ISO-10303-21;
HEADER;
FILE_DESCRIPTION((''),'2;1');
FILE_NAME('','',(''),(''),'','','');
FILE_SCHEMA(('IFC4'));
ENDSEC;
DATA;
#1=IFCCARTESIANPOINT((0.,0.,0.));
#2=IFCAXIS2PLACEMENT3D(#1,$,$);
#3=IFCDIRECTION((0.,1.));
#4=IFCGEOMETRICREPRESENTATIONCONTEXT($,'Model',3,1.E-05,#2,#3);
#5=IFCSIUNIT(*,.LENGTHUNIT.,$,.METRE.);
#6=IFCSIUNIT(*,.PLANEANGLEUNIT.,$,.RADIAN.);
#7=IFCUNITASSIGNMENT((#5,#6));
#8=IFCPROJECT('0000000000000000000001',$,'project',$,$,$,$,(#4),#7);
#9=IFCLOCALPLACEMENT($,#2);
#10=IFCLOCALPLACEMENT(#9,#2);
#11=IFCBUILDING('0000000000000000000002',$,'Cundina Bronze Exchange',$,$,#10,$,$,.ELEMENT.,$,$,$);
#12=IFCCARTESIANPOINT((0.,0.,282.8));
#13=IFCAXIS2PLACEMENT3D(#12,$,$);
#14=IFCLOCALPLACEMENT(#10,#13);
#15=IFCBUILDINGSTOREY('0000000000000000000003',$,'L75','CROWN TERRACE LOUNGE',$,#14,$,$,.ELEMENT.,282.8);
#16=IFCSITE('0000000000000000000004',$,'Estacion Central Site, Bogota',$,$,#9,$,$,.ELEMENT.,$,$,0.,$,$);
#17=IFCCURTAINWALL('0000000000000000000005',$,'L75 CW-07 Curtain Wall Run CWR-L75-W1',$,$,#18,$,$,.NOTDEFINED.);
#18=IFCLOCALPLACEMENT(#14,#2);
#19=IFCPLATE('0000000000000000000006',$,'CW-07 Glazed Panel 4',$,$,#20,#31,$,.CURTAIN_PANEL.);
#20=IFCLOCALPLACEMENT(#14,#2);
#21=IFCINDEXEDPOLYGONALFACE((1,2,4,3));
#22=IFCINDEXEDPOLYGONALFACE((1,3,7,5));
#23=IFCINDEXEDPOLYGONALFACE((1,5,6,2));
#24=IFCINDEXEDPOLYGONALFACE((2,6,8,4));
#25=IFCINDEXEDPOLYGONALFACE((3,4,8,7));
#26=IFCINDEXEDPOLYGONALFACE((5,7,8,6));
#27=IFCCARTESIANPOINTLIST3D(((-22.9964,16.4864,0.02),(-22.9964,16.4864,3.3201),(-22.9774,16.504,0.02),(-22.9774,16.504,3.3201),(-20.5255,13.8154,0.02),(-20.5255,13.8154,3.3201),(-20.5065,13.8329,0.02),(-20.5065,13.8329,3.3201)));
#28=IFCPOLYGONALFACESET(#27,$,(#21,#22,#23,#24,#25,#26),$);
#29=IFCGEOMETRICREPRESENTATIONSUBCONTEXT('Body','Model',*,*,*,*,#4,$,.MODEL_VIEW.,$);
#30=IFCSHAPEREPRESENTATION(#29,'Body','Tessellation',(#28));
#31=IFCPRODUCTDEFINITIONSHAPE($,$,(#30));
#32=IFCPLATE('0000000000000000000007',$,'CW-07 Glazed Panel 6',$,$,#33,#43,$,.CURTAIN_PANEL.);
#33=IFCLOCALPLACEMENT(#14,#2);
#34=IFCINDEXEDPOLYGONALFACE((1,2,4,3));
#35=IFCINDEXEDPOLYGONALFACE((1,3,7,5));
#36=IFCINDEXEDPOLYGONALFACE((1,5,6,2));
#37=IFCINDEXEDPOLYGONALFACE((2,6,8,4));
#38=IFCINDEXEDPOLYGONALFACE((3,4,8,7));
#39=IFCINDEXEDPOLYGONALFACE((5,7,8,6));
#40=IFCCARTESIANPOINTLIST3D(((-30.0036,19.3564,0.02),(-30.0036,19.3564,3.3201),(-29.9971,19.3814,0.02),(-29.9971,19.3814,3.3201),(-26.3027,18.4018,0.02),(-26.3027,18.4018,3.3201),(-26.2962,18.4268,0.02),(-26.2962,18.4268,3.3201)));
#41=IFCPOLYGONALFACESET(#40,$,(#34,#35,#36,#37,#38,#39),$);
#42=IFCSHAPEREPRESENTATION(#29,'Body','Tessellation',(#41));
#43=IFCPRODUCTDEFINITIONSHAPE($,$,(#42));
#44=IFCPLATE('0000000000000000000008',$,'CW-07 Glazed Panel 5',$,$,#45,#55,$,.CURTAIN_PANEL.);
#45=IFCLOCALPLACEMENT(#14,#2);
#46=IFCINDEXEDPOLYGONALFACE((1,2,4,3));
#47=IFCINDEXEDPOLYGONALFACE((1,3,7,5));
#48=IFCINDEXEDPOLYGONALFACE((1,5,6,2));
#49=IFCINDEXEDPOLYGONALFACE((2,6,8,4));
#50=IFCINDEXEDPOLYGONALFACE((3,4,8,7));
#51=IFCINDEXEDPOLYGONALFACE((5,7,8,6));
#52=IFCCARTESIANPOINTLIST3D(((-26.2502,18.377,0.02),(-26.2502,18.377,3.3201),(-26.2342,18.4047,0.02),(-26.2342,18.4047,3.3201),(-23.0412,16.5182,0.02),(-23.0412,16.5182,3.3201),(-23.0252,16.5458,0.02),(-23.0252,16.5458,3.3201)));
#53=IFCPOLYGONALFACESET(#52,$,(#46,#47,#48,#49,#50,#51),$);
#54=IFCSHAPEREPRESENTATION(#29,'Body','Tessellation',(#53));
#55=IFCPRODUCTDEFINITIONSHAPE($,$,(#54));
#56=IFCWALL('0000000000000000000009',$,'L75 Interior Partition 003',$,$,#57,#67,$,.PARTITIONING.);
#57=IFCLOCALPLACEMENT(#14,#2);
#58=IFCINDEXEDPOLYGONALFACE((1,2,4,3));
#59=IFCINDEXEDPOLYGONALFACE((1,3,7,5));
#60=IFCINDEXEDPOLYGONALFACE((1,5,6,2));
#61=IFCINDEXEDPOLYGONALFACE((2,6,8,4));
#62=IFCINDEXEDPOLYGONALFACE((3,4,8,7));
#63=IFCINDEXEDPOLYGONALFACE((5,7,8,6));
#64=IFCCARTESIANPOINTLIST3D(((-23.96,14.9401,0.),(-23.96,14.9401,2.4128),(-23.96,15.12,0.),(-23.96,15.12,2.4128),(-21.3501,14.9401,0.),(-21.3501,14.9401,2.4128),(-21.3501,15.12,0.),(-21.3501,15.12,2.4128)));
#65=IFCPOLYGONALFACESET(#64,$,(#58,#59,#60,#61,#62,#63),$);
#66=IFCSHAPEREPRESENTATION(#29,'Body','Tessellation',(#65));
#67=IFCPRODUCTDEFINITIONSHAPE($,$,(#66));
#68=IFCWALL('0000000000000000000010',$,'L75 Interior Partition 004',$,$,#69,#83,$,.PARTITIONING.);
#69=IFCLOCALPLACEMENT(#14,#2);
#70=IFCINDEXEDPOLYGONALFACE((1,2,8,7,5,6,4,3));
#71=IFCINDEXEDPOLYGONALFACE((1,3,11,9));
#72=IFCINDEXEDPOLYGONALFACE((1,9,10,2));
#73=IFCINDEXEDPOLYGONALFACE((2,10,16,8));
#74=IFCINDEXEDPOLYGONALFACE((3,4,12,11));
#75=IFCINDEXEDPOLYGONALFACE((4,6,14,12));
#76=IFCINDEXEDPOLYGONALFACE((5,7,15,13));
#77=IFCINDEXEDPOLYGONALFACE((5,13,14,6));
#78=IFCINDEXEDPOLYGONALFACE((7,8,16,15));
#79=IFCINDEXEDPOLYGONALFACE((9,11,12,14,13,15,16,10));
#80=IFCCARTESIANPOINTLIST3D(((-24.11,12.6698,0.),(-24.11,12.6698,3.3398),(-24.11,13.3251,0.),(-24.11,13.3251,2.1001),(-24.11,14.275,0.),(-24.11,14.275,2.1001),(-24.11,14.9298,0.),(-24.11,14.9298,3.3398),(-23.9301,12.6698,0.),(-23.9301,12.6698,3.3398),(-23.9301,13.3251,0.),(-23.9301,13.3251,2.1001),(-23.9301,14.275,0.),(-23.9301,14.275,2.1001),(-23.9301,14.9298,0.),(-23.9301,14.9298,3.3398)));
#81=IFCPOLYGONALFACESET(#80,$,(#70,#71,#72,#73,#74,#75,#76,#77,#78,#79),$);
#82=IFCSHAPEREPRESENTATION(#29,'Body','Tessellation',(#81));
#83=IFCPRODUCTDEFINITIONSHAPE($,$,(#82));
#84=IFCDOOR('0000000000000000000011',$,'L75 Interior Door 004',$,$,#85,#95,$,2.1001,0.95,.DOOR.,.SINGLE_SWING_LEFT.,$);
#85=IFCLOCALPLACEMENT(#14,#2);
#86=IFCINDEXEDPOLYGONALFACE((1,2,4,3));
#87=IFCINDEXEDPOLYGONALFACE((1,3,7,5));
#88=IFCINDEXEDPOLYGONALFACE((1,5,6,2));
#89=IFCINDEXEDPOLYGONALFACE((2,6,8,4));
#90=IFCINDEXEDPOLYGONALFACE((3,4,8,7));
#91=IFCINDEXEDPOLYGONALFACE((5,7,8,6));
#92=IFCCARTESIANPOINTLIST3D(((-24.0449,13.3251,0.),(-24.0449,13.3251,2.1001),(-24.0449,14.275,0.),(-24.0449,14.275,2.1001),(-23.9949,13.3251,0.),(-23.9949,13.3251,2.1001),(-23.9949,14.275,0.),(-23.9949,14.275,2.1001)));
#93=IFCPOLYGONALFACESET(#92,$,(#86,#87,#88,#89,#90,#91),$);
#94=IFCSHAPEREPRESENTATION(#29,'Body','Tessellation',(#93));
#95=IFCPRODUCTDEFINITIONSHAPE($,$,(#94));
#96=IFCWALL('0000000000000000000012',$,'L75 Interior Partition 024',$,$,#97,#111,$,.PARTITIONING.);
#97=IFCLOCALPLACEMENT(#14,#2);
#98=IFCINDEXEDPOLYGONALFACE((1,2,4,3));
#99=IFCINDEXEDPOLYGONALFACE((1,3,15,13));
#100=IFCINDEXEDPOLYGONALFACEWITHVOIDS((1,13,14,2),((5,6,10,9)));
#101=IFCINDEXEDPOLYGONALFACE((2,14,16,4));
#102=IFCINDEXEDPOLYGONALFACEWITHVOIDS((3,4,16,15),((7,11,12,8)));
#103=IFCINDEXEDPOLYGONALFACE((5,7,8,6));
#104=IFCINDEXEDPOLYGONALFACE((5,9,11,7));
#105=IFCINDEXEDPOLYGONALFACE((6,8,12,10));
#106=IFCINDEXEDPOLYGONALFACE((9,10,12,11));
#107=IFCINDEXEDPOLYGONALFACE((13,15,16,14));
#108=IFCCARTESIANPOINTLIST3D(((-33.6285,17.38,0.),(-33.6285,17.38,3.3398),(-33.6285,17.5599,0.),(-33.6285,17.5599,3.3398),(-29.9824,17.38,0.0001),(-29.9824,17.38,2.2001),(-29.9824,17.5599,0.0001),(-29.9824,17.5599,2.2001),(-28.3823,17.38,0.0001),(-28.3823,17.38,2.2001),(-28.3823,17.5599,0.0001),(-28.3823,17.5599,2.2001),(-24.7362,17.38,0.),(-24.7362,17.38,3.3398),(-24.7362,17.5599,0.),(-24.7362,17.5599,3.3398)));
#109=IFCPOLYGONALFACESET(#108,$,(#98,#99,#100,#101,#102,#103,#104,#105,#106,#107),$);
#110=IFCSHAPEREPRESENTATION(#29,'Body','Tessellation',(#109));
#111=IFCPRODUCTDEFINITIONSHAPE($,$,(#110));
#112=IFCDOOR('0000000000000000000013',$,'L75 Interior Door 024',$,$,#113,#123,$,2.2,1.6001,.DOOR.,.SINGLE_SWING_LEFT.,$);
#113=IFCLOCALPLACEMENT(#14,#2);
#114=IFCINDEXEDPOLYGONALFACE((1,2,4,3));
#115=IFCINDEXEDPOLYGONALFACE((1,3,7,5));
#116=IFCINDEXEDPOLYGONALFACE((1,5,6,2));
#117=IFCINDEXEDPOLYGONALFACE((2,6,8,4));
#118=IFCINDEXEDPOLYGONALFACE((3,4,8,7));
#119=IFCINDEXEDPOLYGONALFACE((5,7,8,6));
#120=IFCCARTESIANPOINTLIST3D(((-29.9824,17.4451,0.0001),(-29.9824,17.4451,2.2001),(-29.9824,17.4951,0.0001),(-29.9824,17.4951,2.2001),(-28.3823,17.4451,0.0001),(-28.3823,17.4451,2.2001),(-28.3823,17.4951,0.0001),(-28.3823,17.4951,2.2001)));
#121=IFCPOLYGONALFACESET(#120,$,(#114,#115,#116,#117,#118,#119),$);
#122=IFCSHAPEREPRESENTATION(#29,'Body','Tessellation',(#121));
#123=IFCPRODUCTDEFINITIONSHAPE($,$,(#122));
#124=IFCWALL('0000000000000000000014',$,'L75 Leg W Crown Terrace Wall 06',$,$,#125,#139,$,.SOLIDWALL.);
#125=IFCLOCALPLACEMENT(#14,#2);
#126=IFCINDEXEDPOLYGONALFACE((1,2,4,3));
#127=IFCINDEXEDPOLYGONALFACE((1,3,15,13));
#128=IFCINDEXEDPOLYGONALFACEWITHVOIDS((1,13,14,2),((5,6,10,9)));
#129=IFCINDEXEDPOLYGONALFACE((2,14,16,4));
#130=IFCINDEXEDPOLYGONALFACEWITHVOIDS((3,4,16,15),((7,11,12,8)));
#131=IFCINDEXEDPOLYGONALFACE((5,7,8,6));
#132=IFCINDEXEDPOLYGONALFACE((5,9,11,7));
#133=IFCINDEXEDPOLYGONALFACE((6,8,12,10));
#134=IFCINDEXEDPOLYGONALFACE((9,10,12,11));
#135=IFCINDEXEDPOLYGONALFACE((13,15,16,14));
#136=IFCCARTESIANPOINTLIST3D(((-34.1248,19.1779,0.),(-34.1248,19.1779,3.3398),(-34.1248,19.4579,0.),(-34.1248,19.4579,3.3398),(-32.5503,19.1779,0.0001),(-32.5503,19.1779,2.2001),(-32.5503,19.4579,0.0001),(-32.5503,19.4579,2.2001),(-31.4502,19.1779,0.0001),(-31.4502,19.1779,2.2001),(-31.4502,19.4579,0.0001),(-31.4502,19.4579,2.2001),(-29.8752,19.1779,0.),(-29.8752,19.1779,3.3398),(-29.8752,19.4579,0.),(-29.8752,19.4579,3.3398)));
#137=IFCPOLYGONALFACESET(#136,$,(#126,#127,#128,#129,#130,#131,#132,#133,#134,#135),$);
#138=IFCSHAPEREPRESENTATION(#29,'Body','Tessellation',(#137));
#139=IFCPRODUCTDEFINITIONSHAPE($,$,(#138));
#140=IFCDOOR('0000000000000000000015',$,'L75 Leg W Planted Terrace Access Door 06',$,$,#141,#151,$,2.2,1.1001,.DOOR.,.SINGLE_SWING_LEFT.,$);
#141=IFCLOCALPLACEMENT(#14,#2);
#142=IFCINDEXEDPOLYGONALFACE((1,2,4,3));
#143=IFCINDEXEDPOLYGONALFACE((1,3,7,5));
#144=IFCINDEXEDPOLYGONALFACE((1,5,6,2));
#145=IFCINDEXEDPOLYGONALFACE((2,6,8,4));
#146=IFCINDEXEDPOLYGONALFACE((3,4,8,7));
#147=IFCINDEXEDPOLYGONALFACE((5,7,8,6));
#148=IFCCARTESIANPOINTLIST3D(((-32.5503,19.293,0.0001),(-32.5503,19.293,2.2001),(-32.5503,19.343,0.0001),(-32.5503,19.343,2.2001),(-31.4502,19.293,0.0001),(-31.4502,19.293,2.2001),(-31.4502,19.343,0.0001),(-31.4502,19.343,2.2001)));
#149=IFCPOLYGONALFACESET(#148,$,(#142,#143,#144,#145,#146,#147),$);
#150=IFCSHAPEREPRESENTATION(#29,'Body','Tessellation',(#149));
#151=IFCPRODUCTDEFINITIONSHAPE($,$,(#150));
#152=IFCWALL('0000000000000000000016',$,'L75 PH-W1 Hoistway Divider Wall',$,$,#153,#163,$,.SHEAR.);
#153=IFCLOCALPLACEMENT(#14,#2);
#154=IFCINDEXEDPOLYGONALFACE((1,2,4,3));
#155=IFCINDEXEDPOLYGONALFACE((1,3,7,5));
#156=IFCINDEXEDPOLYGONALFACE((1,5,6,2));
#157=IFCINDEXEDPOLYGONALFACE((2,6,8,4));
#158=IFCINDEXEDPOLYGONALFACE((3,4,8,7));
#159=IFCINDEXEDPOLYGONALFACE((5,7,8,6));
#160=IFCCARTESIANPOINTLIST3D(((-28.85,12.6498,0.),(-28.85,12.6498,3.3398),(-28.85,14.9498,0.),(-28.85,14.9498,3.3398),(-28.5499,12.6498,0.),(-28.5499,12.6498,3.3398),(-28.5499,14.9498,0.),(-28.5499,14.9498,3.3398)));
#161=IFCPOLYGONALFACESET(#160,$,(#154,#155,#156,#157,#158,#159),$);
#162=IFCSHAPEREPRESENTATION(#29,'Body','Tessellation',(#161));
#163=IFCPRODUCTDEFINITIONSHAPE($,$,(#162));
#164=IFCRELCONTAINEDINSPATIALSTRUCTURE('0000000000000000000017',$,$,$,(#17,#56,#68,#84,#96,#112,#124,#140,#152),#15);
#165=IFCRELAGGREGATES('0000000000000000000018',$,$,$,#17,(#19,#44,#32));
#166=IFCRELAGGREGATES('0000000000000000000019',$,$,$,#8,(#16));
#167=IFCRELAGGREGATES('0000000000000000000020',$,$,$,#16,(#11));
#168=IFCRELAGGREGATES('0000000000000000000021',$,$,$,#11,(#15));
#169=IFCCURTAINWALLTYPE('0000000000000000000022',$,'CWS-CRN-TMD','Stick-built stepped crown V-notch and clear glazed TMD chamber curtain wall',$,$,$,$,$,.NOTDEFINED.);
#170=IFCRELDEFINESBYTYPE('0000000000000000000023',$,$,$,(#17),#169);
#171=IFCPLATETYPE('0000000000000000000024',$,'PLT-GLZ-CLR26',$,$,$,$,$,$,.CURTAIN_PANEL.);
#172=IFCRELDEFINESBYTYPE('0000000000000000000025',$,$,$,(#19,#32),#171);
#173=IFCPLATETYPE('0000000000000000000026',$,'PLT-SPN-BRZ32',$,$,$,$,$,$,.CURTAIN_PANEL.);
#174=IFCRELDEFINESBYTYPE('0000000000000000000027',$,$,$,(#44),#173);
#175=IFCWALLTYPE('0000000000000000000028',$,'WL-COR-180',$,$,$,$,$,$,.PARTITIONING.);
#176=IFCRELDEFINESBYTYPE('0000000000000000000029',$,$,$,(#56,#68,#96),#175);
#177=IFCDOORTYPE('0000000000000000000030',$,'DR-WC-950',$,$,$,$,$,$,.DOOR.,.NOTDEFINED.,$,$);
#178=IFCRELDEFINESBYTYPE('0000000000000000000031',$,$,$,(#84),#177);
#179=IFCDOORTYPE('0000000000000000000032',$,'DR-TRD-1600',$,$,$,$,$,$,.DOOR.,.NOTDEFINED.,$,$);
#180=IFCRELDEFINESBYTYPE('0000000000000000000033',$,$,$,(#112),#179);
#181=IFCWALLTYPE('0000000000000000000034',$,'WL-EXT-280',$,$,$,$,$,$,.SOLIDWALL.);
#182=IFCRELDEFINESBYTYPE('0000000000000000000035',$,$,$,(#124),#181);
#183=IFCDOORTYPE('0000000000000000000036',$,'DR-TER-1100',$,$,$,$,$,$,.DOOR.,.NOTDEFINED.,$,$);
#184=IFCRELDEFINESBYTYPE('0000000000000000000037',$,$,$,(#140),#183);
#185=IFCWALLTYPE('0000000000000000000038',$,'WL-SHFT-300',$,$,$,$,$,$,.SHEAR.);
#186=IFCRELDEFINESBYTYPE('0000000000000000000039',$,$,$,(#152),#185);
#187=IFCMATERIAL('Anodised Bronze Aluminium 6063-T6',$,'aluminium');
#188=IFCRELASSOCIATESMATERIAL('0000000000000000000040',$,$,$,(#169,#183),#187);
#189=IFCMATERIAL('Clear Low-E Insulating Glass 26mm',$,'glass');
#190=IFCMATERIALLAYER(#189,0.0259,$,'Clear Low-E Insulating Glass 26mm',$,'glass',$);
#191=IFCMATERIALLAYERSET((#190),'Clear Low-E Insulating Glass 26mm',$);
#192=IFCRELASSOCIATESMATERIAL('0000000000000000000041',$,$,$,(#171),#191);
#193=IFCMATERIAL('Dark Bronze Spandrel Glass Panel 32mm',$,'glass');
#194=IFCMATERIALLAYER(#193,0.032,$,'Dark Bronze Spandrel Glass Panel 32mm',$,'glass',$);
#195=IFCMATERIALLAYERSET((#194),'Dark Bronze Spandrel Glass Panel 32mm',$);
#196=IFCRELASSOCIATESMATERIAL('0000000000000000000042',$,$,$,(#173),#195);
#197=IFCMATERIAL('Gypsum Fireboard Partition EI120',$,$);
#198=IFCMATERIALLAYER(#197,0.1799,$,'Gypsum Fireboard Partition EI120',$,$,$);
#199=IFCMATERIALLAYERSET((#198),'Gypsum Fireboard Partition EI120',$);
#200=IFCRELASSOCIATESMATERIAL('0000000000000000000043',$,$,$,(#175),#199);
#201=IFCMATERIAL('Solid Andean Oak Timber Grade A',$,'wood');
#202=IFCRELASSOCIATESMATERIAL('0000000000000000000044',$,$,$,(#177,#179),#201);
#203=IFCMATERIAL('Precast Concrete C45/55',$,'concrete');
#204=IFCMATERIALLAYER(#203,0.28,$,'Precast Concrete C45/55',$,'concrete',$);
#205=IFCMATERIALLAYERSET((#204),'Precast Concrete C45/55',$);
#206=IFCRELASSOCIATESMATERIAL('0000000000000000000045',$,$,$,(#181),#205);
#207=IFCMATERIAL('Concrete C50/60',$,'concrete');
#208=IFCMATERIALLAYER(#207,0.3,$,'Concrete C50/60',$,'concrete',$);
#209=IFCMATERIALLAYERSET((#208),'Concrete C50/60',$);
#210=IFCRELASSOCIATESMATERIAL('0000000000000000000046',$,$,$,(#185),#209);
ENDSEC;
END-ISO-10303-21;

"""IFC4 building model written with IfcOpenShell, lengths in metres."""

from ifc_helpers import new_model, si_unit, direction, frame, frame_2d, origin, origin_2d, place, context, subcontext, project, spatial, rectangle, extrude, material, layer, layer_set, type_object, element, fill, aggregate, save


model = new_model("IFC4")

# Units and contexts
model_context = context("Model", 3, precision=1e-05, world=origin(), true_north=direction((0.0, 1.0)))
body_context = subcontext(model_context, "Body", "Model", "MODEL_VIEW")
ifc_project = project(units=[si_unit("LENGTHUNIT", "METRE"), si_unit("PLANEANGLEUNIT", "RADIAN")], contexts=[model_context])

# Site, building, storey
site_placement = place(None, origin())
site = spatial("IfcSite", under=ifc_project, at=site_placement, Name="Estacion Central Site, Bogota", CompositionType="ELEMENT", RefElevation=0.0)
building_placement = place(site_placement, origin())
building = spatial("IfcBuilding", under=site, at=building_placement, Name="Cundina Bronze Exchange", CompositionType="ELEMENT")
storey_placement = place(building_placement, frame((0.0, 0.0, 282.8)))
storey = spatial("IfcBuildingStorey", under=building, at=storey_placement, Name="L75", Description="CROWN TERRACE LOUNGE", CompositionType="ELEMENT", Elevation=282.8)

# Curtain wall, plates
ifc_material_1 = material(Name="Anodised Bronze Aluminium 6063-T6", Category="aluminium")
curtain_wall_type = type_object("IfcCurtainWallType", Name="CWS-CRN-TMD", Description="Stick-built stepped crown V-notch and clear glazed TMD chamber curtain wall", PredefinedType="NOTDEFINED", material=ifc_material_1)
curtain_wall_placement = place(storey_placement, origin())
curtain_wall = element("IfcCurtainWall", 1, at=curtain_wall_placement, inside=storey, type_object=curtain_wall_type, Name="L75 CW-07 Curtain Wall Run CWR-L75-W1", PredefinedType="NOTDEFINED")
ifc_material_2 = material(Name="Clear Low-E Insulating Glass 26mm", Category="glass")
ifc_layer_1 = layer(ifc_material_2, 0.0259, Name="Clear Low-E Insulating Glass 26mm", Category="glass")
ifc_layer_set_1 = layer_set([ifc_layer_1], Name="Clear Low-E Insulating Glass 26mm")
plate_type_1 = type_object("IfcPlateType", Name="PLT-GLZ-CLR26", PredefinedType="CURTAIN_PANEL", material=ifc_layer_set_1)
plate_1_placement = place(storey_placement, frame((-21.7515, 15.1597, 0.02), z_axis=(0.0, 0.0, 1.0), x_axis=(-0.679083, 0.734062, 0.0)))
plate_1 = element("IfcPlate", 2, at=plate_1_placement, type_object=plate_type_1, Name="CW-07 Glazed Panel 4", PredefinedType="CURTAIN_PANEL", context=body_context, shape_type="SweptSolid", body=[
    extrude(rectangle(XDim=3.6387, YDim=0.0259, at=origin_2d()), origin(), (0.0, 0.0, 1.0), 3.3),
])
plate_2_placement = place(storey_placement, frame((-28.1499, 18.8916, 0.02), z_axis=(0.0, 0.0, 1.0), x_axis=(-0.968309, 0.249755, 0.0)))
plate_2 = element("IfcPlate", 3, at=plate_2_placement, type_object=plate_type_1, Name="CW-07 Glazed Panel 6", PredefinedType="CURTAIN_PANEL", context=body_context, shape_type="SweptSolid", body=[
    extrude(rectangle(XDim=3.822, YDim=0.0259, at=origin_2d()), origin(), (0.0, 0.0, 1.0), 3.3),
])
ifc_material_3 = material(Name="Dark Bronze Spandrel Glass Panel 32mm", Category="glass")
ifc_layer_2 = layer(ifc_material_3, 0.032, Name="Dark Bronze Spandrel Glass Panel 32mm", Category="glass")
ifc_layer_set_2 = layer_set([ifc_layer_2], Name="Dark Bronze Spandrel Glass Panel 32mm")
plate_type_2 = type_object("IfcPlateType", Name="PLT-SPN-BRZ32", PredefinedType="CURTAIN_PANEL", material=ifc_layer_set_2)
plate_3_placement = place(storey_placement, frame((-24.6377, 17.4614, 0.02), z_axis=(0.0, 0.0, 1.0), x_axis=(-0.865309, 0.501239, 0.0)))
plate_3 = element("IfcPlate", 4, at=plate_3_placement, type_object=plate_type_2, Name="CW-07 Glazed Panel 5", PredefinedType="CURTAIN_PANEL", context=body_context, shape_type="SweptSolid", body=[
    extrude(rectangle(XDim=3.7085, YDim=0.032, at=origin_2d()), origin(), (0.0, 0.0, 1.0), 3.3),
])
aggregate(curtain_wall, [plate_1, plate_3, plate_2])

# Wall
ifc_material_4 = material(Name="Gypsum Fireboard Partition EI120")
ifc_layer_3 = layer(ifc_material_4, 0.1799, Name="Gypsum Fireboard Partition EI120")
ifc_layer_set_3 = layer_set([ifc_layer_3], Name="Gypsum Fireboard Partition EI120")
wall_type_1 = type_object("IfcWallType", Name="WL-COR-180", PredefinedType="PARTITIONING", material=ifc_layer_set_3)
wall_1_placement = place(storey_placement, frame((-23.96, 15.03, 0.0), z_axis=(0.0, 0.0, 1.0), x_axis=(1.0, 0.0, 0.0)))
element("IfcWall", 5, at=wall_1_placement, inside=storey, type_object=wall_type_1, Name="L75 Interior Partition 003", PredefinedType="PARTITIONING", context=body_context, shape_type="SweptSolid", body=[
    extrude(rectangle(XDim=2.6099, YDim=0.1799, at=frame_2d((1.3049, 0.0))), origin(), (0.0, 0.0, 1.0), 2.4128),
])

# Walls, openings, doors
wall_2_placement = place(storey_placement, frame((-24.02, 12.6699, 0.0), z_axis=(0.0, 0.0, 1.0), x_axis=(0.0, 1.0, 0.0)))
wall_2 = element("IfcWall", 6, at=wall_2_placement, inside=storey, type_object=wall_type_1, Name="L75 Interior Partition 004", PredefinedType="PARTITIONING", context=body_context, shape_type="SweptSolid", body=[
    extrude(rectangle(XDim=2.26, YDim=0.1799, at=frame_2d((1.1299, 0.0))), origin(), (0.0, 0.0, 1.0), 3.3398),
])
opening_1_placement = place(wall_2_placement, frame((0.655, 0.0, 0.0)))
opening_1 = element("IfcOpeningElement", 7, at=opening_1_placement, cuts=wall_2, PredefinedType="OPENING", context=body_context, shape_type="SweptSolid", body=[
    extrude(rectangle(XDim=0.95, YDim=2.1001, at=frame_2d((0.4751, 1.05))), frame((0.0, 0.0999, 0.0), z_axis=(0.0, -1.0, 0.0), x_axis=(1.0, 0.0, 0.0)), (0.0, 0.0, 1.0), 0.2),
])
ifc_material_5 = material(Name="Solid Andean Oak Timber Grade A", Category="wood")
door_type_1 = type_object("IfcDoorType", Name="DR-WC-950", OperationType="NOTDEFINED", PredefinedType="DOOR", material=ifc_material_5)
door_1_placement = place(opening_1_placement, origin())
door_1 = element("IfcDoor", 8, at=door_1_placement, inside=storey, type_object=door_type_1, Name="L75 Interior Door 004", OperationType="SINGLE_SWING_LEFT", OverallHeight=2.1001, OverallWidth=0.95, PredefinedType="DOOR", context=body_context, shape_type="SweptSolid", body=[
    extrude(rectangle(XDim=0.95, YDim=2.1001, at=frame_2d((0.4751, 1.05))), frame((0.0, 0.0249, 0.0), z_axis=(0.0, -1.0, 0.0), x_axis=(1.0, 0.0, 0.0)), (0.0, 0.0, 1.0), 0.05),
])
fill(opening_1, door_1)
wall_3_placement = place(storey_placement, frame((-24.7361, 17.47, 0.0), z_axis=(0.0, 0.0, 1.0), x_axis=(-1.0, 0.0, 0.0)))
wall_3 = element("IfcWall", 9, at=wall_3_placement, inside=storey, type_object=wall_type_1, Name="L75 Interior Partition 024", PredefinedType="PARTITIONING", context=body_context, shape_type="SweptSolid", body=[
    extrude(rectangle(XDim=8.8923, YDim=0.1799, at=frame_2d((4.4463, 0.0))), origin(), (0.0, 0.0, 1.0), 3.3398),
])
opening_2_placement = place(wall_3_placement, frame((3.6462, 0.0, 0.0)))
opening_2 = element("IfcOpeningElement", 10, at=opening_2_placement, cuts=wall_3, PredefinedType="OPENING", context=body_context, shape_type="SweptSolid", body=[
    extrude(rectangle(XDim=1.6001, YDim=2.2, at=frame_2d((0.8, 1.1001))), frame((0.0, 0.0999, 0.0), z_axis=(0.0, -1.0, 0.0), x_axis=(1.0, 0.0, 0.0)), (0.0, 0.0, 1.0), 0.2),
])
door_type_2 = type_object("IfcDoorType", Name="DR-TRD-1600", OperationType="NOTDEFINED", PredefinedType="DOOR", material=ifc_material_5)
door_2_placement = place(opening_2_placement, origin())
door_2 = element("IfcDoor", 11, at=door_2_placement, inside=storey, type_object=door_type_2, Name="L75 Interior Door 024", OperationType="SINGLE_SWING_LEFT", OverallHeight=2.2, OverallWidth=1.6001, PredefinedType="DOOR", context=body_context, shape_type="SweptSolid", body=[
    extrude(rectangle(XDim=1.6001, YDim=2.2, at=frame_2d((0.8, 1.1001))), frame((0.0, 0.0249, 0.0), z_axis=(0.0, -1.0, 0.0), x_axis=(1.0, 0.0, 0.0)), (0.0, 0.0, 1.0), 0.05),
])
fill(opening_2, door_2)
ifc_material_6 = material(Name="Precast Concrete C45/55", Category="concrete")
ifc_layer_4 = layer(ifc_material_6, 0.28, Name="Precast Concrete C45/55", Category="concrete")
ifc_layer_set_4 = layer_set([ifc_layer_4], Name="Precast Concrete C45/55")
wall_type_2 = type_object("IfcWallType", Name="WL-EXT-280", PredefinedType="SOLIDWALL", material=ifc_layer_set_4)
wall_4_placement = place(storey_placement, frame((-29.8752, 19.3179, 0.0), z_axis=(0.0, 0.0, 1.0), x_axis=(-1.0, 0.0, 0.0)))
wall_4 = element("IfcWall", 12, at=wall_4_placement, inside=storey, type_object=wall_type_2, Name="L75 Leg W Crown Terrace Wall 06", PredefinedType="SOLIDWALL", context=body_context, shape_type="SweptSolid", body=[
    extrude(rectangle(XDim=4.2495, YDim=0.28, at=frame_2d((2.1248, 0.0))), origin(), (0.0, 0.0, 1.0), 3.3398),
])
opening_3_placement = place(wall_4_placement, frame((1.575, 0.0, 0.0)))
opening_3 = element("IfcOpeningElement", 13, at=opening_3_placement, cuts=wall_4, PredefinedType="OPENING", context=body_context, shape_type="SweptSolid", body=[
    extrude(rectangle(XDim=1.1001, YDim=2.2, at=frame_2d((0.55, 1.1001))), frame((0.0, 0.1499, 0.0), z_axis=(0.0, -1.0, 0.0), x_axis=(1.0, 0.0, 0.0)), (0.0, 0.0, 1.0), 0.3),
])
door_type_3 = type_object("IfcDoorType", Name="DR-TER-1100", OperationType="NOTDEFINED", PredefinedType="DOOR", material=ifc_material_1)
door_3_placement = place(opening_3_placement, origin())
door_3 = element("IfcDoor", 14, at=door_3_placement, inside=storey, type_object=door_type_3, Name="L75 Leg W Planted Terrace Access Door 06", OperationType="SINGLE_SWING_LEFT", OverallHeight=2.2, OverallWidth=1.1001, PredefinedType="DOOR", context=body_context, shape_type="SweptSolid", body=[
    extrude(rectangle(XDim=1.1001, YDim=2.2, at=frame_2d((0.55, 1.1001))), frame((0.0, 0.0249, 0.0), z_axis=(0.0, -1.0, 0.0), x_axis=(1.0, 0.0, 0.0)), (0.0, 0.0, 1.0), 0.05),
])
fill(opening_3, door_3)
ifc_material_7 = material(Name="Concrete C50/60", Category="concrete")
ifc_layer_5 = layer(ifc_material_7, 0.3, Name="Concrete C50/60", Category="concrete")
ifc_layer_set_5 = layer_set([ifc_layer_5], Name="Concrete C50/60")
wall_type_3 = type_object("IfcWallType", Name="WL-SHFT-300", PredefinedType="SHEAR", material=ifc_layer_set_5)

# Wall
wall_5_placement = place(storey_placement, frame((-28.7, 12.6499, 0.0), z_axis=(0.0, 0.0, 1.0), x_axis=(0.0, 1.0, 0.0)))
element("IfcWall", 15, at=wall_5_placement, inside=storey, type_object=wall_type_3, Name="L75 PH-W1 Hoistway Divider Wall", PredefinedType="SHEAR", context=body_context, shape_type="SweptSolid", body=[
    extrude(rectangle(XDim=2.3, YDim=0.3, at=frame_2d((1.1499, 0.0))), origin(), (0.0, 0.0, 1.0), 3.3398),
])

save(model, "model.ifc")
